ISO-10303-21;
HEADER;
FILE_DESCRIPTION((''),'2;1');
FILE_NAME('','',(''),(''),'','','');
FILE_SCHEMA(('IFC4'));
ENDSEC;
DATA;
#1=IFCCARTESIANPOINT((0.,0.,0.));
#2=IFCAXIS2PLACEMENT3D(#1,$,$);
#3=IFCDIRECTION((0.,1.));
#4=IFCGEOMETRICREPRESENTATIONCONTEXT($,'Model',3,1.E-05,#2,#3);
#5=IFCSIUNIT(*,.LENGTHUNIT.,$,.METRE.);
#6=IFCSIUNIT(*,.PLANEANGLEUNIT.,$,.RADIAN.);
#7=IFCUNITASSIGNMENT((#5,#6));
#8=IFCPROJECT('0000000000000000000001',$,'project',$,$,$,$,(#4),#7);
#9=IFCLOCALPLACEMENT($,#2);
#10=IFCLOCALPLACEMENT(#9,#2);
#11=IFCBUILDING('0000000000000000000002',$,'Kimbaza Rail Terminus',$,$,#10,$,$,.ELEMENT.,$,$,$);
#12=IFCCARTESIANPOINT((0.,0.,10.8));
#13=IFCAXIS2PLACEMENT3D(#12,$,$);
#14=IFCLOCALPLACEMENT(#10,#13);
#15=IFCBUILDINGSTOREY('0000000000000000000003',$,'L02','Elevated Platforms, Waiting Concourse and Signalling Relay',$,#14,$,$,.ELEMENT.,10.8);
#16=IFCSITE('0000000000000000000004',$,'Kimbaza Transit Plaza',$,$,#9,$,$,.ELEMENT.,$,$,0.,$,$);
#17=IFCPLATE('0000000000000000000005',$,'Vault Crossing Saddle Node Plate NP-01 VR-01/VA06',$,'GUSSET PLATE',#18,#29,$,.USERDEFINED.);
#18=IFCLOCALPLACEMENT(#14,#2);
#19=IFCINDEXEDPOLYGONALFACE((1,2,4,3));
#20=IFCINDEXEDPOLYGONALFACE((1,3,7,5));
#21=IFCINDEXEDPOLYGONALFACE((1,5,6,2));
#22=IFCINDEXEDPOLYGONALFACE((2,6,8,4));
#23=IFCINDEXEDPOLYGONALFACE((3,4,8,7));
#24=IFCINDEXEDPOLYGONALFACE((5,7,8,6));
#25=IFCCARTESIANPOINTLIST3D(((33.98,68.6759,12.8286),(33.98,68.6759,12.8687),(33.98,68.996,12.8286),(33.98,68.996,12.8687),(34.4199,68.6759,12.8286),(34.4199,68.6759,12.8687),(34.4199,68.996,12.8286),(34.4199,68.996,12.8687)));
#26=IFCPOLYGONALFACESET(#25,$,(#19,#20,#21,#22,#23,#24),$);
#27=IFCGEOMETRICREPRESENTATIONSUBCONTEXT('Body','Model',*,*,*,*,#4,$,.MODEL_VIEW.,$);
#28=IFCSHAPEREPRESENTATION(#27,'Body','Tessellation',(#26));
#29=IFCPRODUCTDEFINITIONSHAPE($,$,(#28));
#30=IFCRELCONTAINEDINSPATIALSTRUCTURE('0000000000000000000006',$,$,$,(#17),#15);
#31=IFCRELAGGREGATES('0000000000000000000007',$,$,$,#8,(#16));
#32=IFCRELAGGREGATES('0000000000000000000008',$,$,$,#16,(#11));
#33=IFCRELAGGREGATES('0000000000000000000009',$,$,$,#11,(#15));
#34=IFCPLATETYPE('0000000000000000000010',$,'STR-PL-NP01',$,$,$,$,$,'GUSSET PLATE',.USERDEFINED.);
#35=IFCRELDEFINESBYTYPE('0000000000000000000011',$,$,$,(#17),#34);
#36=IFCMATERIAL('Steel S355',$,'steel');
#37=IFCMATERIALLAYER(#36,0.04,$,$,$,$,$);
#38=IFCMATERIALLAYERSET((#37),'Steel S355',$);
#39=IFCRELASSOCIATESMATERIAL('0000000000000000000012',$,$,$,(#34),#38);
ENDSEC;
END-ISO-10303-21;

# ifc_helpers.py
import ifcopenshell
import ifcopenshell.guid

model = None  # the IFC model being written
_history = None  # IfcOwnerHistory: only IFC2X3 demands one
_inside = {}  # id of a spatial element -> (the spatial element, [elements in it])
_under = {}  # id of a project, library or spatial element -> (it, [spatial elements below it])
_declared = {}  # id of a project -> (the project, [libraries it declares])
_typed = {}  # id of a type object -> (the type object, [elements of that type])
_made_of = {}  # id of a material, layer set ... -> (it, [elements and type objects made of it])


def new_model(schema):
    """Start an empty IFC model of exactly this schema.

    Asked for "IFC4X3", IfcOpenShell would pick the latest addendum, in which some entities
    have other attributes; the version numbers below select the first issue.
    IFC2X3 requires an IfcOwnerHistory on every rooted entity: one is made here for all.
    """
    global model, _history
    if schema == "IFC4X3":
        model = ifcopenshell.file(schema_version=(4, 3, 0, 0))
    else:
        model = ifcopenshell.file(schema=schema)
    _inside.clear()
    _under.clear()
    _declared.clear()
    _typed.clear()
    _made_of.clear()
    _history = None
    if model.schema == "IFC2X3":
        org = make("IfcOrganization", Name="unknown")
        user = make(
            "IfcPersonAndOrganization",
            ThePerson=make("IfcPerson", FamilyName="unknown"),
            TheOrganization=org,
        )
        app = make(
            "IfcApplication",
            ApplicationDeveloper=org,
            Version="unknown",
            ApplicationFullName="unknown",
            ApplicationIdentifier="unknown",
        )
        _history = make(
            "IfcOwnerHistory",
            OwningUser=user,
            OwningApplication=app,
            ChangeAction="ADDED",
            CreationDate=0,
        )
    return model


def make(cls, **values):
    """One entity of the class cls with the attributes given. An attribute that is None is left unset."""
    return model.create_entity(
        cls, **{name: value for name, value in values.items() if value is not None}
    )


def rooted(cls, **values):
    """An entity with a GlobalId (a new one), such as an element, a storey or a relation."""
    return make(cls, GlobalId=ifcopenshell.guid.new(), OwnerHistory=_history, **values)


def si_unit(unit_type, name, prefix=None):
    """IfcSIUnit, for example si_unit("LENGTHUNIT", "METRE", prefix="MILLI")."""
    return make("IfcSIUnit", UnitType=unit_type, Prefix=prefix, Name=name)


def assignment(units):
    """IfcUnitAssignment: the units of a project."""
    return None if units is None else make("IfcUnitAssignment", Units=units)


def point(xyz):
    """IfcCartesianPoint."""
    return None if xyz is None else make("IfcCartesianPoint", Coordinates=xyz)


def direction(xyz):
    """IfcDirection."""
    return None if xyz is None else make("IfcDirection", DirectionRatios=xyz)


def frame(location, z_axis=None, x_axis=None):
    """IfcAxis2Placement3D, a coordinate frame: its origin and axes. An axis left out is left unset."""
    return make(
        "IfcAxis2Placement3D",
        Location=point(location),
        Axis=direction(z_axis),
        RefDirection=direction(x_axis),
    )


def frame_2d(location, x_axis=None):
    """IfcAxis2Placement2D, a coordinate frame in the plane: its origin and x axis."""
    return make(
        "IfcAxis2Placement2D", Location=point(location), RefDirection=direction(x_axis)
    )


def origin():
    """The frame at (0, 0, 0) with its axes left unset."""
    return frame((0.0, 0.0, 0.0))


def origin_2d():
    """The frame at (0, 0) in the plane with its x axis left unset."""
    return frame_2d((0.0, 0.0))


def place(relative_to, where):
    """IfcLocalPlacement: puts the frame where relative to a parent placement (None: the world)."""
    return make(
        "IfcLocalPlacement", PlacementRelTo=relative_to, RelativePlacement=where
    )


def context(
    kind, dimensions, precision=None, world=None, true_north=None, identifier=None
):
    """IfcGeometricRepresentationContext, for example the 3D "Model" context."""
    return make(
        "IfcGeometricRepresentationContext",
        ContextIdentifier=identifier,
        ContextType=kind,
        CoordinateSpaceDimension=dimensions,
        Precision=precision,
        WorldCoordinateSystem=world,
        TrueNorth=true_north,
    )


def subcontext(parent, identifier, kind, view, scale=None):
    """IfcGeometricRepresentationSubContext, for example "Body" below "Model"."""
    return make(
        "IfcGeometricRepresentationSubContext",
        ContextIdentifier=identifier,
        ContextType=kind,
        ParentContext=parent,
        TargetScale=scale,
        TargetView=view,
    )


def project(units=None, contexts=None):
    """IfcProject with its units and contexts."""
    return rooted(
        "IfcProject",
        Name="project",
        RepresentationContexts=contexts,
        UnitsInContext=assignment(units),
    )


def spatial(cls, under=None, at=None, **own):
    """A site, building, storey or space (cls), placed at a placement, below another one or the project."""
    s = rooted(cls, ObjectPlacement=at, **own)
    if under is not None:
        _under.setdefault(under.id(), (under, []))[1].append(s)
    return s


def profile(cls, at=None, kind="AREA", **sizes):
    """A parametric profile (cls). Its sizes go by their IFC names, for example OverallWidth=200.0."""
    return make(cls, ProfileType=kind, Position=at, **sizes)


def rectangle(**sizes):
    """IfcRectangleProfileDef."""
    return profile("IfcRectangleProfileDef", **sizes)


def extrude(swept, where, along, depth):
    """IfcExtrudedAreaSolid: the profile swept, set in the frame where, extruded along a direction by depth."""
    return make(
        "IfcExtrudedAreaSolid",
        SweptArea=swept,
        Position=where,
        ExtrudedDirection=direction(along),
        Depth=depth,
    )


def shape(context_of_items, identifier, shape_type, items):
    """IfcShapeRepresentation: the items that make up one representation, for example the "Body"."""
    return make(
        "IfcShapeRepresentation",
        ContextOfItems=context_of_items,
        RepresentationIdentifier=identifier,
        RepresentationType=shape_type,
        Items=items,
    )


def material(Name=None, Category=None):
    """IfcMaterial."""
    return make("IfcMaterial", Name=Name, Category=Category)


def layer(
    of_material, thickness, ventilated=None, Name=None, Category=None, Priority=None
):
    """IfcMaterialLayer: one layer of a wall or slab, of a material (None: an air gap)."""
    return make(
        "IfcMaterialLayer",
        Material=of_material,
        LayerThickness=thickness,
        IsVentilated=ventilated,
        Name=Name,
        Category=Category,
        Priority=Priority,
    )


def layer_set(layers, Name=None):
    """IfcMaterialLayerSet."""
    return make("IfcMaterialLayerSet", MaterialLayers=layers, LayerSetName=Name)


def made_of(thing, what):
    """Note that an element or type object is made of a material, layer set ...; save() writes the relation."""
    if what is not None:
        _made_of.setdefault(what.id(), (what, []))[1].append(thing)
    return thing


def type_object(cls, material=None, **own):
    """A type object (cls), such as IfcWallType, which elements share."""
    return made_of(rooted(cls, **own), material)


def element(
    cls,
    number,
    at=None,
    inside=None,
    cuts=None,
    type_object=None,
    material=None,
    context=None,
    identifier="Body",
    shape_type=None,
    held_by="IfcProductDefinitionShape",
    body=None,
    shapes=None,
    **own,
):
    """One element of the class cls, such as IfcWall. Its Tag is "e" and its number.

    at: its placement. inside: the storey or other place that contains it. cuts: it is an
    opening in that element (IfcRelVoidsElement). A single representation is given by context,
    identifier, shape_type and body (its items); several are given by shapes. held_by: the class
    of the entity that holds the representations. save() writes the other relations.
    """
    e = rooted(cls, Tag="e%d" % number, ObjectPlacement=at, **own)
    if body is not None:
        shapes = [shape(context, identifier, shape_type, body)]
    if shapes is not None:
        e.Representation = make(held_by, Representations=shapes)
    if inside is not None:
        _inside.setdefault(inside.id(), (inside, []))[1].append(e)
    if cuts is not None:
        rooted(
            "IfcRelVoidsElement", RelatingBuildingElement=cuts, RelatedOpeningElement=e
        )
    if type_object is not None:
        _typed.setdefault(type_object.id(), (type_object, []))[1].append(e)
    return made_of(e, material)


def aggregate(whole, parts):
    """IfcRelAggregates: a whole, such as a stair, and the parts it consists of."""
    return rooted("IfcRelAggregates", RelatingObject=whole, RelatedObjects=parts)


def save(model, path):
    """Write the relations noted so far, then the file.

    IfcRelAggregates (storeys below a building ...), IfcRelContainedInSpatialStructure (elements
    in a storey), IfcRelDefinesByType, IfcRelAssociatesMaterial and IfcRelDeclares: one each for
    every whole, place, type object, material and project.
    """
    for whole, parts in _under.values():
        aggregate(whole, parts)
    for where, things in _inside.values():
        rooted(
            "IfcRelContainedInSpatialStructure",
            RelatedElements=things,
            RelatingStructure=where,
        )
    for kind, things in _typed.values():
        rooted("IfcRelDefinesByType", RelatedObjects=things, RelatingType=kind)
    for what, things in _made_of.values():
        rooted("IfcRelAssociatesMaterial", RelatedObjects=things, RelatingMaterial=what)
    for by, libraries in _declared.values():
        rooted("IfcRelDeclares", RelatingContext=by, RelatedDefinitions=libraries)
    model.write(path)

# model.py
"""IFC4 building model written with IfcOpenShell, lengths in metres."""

from ifc_helpers import new_model, si_unit, direction, frame, origin, origin_2d, place, context, subcontext, project, spatial, rectangle, extrude, material, layer, layer_set, type_object, element, save


model = new_model("IFC4")

# Units and contexts
model_context = context("Model", 3, precision=1e-05, world=origin(), true_north=direction((0.0, 1.0)))
body_context = subcontext(model_context, "Body", "Model", "MODEL_VIEW")
ifc_project = project(units=[si_unit("LENGTHUNIT", "METRE"), si_unit("PLANEANGLEUNIT", "RADIAN")], contexts=[model_context])

# Site, building, storey
site_placement = place(None, origin())
site = spatial("IfcSite", under=ifc_project, at=site_placement, Name="Kimbaza Transit Plaza", CompositionType="ELEMENT", RefElevation=0.0)
building_placement = place(site_placement, origin())
building = spatial("IfcBuilding", under=site, at=building_placement, Name="Kimbaza Rail Terminus", CompositionType="ELEMENT")
storey_placement = place(building_placement, frame((0.0, 0.0, 10.8)))
storey = spatial("IfcBuildingStorey", under=building, at=storey_placement, Name="L02", Description="Elevated Platforms, Waiting Concourse and Signalling Relay", CompositionType="ELEMENT", Elevation=10.8)

# Plate
ifc_material_1 = material(Name="Steel S355", Category="steel")
ifc_layer_1 = layer(ifc_material_1, 0.04)
ifc_layer_set_1 = layer_set([ifc_layer_1], Name="Steel S355")
plate_type_1 = type_object("IfcPlateType", Name="STR-PL-NP01", ElementType="GUSSET PLATE", PredefinedType="USERDEFINED", material=ifc_layer_set_1)
for number, where, z_axis, x_axis, name in (
    (1, (34.2, 68.8359, 12.8286), (0.0, 0.0, 1.0), (1.0, 0.0, 0.0), "Vault Crossing Saddle Node Plate NP-01 VR-01/VA06"),
):
    element("IfcPlate", number, at=place(storey_placement, frame(where, z_axis=z_axis, x_axis=x_axis)), inside=storey, type_object=plate_type_1, Name=name, ObjectType="GUSSET PLATE", PredefinedType="USERDEFINED", context=body_context, shape_type="SweptSolid", body=[
        extrude(rectangle(XDim=0.4399, YDim=0.3201, at=origin_2d()), origin(), (0.0, 0.0, 1.0), 0.04),
    ])

save(model, "model.ifc")
